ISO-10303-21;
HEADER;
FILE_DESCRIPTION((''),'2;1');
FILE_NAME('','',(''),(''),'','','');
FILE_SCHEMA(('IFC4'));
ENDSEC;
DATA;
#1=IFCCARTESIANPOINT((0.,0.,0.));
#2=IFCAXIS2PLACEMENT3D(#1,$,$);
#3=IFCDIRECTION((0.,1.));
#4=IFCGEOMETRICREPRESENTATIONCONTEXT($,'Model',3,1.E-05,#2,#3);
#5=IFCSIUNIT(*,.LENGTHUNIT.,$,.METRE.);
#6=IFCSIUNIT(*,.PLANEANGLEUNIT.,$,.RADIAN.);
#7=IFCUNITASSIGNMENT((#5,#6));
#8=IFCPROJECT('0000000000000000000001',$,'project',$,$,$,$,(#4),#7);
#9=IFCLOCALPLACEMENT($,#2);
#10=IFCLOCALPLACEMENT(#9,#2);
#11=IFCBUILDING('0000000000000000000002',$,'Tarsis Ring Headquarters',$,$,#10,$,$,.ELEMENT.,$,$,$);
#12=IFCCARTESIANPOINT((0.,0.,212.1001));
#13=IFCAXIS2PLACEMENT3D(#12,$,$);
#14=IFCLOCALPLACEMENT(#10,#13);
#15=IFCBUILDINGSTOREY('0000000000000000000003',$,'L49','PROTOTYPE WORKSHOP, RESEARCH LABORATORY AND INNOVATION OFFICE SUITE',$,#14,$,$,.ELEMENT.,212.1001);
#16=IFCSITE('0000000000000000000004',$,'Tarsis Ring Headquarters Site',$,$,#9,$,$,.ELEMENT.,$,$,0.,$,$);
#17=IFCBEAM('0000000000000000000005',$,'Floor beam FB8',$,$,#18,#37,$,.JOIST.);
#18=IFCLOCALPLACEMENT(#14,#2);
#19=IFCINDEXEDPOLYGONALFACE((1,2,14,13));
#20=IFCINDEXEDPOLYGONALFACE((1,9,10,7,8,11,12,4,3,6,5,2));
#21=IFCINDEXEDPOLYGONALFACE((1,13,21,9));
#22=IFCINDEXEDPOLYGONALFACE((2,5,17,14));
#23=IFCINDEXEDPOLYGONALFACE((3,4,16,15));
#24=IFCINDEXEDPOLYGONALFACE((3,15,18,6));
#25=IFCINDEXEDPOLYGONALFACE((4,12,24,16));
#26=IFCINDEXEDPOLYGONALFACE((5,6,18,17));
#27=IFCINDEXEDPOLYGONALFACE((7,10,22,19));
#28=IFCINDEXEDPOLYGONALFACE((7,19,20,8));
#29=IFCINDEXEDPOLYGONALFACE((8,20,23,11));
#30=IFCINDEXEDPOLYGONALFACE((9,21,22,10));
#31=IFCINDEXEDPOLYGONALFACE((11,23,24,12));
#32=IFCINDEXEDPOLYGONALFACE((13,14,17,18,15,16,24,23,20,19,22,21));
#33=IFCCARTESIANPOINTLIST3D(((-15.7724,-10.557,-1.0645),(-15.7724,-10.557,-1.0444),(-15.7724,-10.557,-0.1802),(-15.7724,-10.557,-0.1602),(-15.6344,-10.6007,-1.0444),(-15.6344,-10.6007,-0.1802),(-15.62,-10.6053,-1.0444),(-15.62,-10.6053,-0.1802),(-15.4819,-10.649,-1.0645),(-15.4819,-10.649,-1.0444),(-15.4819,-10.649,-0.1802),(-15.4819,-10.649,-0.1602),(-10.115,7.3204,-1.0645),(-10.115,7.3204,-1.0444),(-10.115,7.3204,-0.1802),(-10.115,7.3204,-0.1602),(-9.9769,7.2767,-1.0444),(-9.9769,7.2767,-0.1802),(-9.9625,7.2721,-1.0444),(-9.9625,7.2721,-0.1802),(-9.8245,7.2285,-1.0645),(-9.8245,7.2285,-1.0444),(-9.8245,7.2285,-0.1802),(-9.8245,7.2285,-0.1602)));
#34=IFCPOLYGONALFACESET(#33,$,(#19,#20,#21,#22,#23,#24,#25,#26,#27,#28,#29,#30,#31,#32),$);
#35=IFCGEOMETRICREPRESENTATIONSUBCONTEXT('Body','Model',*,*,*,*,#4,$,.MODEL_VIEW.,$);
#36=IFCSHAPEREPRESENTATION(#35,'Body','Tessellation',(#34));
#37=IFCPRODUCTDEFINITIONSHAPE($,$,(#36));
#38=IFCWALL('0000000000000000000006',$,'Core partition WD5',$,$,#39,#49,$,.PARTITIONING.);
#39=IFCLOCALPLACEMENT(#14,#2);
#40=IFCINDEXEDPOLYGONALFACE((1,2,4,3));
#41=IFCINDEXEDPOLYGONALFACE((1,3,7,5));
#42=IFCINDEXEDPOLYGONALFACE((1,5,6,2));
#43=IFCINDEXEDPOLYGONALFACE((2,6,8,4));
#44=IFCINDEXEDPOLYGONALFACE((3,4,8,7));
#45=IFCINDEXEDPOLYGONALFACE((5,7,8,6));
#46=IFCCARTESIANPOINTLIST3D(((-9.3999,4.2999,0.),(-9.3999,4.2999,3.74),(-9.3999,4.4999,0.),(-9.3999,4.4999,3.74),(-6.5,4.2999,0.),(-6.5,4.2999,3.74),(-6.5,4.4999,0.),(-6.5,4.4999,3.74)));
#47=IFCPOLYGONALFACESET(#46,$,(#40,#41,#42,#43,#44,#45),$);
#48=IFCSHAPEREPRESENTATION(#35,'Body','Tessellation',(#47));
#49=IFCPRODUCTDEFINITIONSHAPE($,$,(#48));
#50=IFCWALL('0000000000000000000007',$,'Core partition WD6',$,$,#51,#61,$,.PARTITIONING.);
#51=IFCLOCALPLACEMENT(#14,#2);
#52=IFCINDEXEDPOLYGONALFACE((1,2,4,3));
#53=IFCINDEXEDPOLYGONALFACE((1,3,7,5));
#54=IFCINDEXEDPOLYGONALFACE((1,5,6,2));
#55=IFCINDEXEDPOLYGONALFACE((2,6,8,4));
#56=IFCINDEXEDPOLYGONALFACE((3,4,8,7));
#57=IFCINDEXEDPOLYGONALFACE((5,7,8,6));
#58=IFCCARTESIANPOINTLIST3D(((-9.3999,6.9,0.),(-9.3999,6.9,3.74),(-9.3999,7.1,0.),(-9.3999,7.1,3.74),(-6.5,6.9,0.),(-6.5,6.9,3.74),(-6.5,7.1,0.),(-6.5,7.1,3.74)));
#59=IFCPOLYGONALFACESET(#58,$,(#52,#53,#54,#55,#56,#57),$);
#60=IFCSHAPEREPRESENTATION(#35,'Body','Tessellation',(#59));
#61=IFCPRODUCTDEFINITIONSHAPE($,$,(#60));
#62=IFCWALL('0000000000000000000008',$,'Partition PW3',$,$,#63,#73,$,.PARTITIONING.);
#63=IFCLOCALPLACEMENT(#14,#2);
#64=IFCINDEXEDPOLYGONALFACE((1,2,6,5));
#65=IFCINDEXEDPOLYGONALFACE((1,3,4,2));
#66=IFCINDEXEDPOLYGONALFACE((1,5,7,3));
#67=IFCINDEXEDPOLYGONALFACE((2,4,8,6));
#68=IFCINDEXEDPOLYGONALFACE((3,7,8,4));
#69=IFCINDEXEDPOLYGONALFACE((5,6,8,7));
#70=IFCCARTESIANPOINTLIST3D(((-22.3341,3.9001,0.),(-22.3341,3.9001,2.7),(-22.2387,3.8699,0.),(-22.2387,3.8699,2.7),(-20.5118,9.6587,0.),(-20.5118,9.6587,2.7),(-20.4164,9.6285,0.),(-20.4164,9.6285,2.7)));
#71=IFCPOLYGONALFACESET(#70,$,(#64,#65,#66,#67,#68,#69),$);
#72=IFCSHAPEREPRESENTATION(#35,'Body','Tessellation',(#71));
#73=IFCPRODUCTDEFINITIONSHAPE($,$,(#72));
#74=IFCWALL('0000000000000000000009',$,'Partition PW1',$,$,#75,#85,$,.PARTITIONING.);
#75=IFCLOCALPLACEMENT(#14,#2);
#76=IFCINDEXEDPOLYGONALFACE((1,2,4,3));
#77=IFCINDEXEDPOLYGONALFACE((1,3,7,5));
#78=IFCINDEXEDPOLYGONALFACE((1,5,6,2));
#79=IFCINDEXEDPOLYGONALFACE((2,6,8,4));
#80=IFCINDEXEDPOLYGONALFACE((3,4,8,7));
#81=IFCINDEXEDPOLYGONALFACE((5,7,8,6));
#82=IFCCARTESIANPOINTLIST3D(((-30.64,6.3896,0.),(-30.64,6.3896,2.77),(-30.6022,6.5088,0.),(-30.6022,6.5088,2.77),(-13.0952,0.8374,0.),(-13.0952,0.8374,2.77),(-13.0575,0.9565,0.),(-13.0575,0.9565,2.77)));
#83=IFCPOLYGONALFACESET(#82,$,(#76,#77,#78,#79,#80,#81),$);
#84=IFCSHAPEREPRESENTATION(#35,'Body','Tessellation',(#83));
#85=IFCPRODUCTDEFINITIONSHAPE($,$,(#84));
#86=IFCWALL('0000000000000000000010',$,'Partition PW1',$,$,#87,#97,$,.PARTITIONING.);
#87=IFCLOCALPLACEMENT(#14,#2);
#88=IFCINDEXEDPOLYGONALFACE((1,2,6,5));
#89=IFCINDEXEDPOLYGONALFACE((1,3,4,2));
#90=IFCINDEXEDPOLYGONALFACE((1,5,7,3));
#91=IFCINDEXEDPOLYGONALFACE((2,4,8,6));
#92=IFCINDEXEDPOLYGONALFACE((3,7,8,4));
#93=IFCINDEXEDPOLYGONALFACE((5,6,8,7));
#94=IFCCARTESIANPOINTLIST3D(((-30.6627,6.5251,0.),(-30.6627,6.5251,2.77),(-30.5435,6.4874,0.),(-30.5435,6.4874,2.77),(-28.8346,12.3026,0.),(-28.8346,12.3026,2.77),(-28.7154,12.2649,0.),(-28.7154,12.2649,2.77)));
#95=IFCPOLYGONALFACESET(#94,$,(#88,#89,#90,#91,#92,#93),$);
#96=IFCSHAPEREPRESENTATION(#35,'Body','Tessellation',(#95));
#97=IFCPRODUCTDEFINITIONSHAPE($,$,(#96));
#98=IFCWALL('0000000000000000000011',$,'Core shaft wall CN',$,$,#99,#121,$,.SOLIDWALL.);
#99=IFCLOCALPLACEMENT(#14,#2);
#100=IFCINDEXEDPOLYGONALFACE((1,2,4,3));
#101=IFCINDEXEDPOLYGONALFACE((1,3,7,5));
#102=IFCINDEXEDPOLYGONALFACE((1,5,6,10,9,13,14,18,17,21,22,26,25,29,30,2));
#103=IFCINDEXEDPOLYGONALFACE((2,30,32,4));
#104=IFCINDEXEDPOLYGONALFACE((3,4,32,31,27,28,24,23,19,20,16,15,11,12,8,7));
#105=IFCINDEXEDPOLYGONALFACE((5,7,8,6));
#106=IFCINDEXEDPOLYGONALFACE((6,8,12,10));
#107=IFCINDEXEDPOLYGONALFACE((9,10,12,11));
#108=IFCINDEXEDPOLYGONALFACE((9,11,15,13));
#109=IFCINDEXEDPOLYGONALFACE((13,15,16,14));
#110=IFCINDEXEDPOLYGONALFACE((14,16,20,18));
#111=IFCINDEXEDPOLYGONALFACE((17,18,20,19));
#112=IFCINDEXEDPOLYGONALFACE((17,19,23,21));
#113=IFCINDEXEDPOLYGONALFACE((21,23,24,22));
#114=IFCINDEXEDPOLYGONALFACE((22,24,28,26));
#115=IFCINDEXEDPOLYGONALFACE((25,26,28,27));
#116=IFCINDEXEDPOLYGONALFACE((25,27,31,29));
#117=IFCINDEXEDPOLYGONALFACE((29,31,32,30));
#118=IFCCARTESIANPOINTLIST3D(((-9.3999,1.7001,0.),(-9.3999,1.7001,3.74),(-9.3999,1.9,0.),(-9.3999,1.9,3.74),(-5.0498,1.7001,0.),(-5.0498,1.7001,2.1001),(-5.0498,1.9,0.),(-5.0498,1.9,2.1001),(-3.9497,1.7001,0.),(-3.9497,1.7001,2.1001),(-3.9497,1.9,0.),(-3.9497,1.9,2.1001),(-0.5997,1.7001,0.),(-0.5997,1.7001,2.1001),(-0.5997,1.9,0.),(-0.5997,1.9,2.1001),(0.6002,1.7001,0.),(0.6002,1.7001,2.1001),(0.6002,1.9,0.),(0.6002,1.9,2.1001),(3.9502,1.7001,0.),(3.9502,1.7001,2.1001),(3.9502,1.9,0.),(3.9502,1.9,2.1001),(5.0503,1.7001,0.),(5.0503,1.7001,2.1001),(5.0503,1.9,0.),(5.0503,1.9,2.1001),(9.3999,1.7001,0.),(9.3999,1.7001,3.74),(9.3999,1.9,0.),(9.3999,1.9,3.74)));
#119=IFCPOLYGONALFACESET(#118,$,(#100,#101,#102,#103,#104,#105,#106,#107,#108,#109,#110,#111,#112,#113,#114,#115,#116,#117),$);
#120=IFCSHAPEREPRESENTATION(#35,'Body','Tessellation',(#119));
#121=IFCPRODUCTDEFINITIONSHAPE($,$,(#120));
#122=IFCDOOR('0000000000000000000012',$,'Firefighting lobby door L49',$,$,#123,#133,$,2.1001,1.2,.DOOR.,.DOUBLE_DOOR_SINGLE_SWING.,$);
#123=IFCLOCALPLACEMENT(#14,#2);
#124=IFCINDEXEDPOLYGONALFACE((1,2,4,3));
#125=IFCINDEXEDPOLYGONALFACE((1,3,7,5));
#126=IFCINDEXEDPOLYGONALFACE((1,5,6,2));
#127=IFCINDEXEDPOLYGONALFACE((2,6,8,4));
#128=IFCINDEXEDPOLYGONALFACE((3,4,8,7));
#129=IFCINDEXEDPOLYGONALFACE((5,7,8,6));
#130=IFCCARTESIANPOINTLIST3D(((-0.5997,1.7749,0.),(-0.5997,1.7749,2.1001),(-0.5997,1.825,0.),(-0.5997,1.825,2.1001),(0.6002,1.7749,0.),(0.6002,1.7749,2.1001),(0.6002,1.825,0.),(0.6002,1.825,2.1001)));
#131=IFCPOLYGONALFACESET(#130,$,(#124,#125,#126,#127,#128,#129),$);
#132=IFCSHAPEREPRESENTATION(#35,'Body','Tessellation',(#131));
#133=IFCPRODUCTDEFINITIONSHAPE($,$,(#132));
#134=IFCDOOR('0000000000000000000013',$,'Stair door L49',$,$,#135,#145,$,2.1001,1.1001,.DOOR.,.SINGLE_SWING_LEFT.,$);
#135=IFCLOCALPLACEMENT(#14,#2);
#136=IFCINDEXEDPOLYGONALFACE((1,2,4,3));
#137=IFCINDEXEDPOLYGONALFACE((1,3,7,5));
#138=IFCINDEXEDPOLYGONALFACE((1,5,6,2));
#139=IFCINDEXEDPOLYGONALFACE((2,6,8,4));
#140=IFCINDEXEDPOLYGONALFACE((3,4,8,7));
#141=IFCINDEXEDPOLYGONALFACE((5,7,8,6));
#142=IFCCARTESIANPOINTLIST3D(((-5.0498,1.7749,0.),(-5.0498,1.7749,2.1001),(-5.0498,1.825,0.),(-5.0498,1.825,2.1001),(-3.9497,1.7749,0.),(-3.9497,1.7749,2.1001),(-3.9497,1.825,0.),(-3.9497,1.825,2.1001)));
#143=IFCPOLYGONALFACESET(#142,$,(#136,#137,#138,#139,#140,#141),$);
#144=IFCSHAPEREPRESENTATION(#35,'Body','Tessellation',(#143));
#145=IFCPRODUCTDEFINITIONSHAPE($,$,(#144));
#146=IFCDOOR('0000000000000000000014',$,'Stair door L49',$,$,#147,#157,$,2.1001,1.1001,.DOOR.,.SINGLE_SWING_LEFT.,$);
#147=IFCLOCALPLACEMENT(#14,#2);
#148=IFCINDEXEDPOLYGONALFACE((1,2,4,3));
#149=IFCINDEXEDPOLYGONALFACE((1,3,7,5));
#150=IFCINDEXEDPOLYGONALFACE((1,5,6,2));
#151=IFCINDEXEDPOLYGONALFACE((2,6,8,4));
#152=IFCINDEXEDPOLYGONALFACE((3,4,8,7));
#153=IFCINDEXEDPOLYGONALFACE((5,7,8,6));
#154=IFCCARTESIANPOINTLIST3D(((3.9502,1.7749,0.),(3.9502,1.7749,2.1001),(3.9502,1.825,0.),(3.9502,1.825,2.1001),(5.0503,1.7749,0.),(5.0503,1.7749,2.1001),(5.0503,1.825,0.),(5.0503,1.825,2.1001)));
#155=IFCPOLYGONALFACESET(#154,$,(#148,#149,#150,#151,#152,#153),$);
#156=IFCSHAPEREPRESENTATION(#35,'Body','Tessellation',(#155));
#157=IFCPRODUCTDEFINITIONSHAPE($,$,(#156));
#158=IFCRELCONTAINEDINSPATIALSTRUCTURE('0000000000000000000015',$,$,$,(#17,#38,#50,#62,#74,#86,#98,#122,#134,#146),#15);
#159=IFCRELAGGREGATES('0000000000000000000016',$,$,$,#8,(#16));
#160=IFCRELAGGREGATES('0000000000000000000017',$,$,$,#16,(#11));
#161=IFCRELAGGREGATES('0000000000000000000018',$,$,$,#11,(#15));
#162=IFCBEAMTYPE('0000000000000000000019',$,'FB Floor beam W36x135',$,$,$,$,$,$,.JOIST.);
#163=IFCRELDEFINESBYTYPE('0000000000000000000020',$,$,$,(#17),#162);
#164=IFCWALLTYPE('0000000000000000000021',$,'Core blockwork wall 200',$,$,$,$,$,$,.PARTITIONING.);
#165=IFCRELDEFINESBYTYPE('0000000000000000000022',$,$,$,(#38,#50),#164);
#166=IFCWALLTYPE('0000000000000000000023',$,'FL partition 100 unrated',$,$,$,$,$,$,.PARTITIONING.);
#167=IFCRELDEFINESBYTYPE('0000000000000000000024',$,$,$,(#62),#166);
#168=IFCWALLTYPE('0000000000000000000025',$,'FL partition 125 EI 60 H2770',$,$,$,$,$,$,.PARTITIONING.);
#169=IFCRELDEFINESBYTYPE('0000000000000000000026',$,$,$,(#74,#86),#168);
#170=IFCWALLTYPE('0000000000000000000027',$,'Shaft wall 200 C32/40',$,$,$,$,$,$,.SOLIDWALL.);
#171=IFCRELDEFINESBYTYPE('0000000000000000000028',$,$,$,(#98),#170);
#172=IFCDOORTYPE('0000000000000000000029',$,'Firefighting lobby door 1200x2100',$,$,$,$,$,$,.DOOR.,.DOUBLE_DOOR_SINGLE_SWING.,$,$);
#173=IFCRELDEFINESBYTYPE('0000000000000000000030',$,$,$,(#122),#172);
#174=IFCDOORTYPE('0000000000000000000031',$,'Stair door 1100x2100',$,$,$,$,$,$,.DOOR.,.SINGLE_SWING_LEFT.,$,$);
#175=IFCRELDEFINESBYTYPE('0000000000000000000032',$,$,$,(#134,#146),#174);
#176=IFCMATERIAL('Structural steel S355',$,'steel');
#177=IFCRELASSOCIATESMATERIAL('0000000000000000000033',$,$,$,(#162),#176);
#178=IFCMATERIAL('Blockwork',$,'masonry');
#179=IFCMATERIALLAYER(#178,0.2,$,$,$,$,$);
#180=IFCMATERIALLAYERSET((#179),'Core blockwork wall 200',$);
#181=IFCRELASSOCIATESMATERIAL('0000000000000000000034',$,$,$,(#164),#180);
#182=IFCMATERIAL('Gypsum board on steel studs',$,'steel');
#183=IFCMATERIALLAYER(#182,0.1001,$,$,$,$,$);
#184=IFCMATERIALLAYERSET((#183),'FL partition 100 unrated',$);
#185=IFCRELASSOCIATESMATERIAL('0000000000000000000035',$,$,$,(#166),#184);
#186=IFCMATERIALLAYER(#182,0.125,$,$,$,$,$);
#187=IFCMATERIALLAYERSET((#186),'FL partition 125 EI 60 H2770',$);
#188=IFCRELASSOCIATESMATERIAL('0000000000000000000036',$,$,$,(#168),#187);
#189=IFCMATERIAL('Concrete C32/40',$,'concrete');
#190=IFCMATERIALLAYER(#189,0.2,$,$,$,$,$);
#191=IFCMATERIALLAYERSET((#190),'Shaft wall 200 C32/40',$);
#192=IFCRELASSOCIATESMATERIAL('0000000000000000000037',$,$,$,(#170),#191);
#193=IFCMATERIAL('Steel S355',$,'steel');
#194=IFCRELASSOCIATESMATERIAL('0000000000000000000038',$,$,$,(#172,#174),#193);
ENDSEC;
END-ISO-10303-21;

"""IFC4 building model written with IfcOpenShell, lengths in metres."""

from ifc_helpers import new_model, si_unit, direction, frame, frame_2d, origin, origin_2d, place, context, subcontext, project, spatial, rectangle, i_section, extrude, material, layer, layer_set, material_profile, profile_set, type_object, element, fill, save


model = new_model("IFC4")

# Units and contexts
model_context = context("Model", 3, precision=1e-05, world=origin(), true_north=direction((0.0, 1.0)))
body_context = subcontext(model_context, "Body", "Model", "MODEL_VIEW")
ifc_project = project(units=[si_unit("LENGTHUNIT", "METRE"), si_unit("PLANEANGLEUNIT", "RADIAN")], contexts=[model_context])

# Site, building, storey
site_placement = place(None, origin())
site = spatial("IfcSite", under=ifc_project, at=site_placement, Name="Tarsis Ring Headquarters Site", CompositionType="ELEMENT", RefElevation=0.0)
building_placement = place(site_placement, origin())
building = spatial("IfcBuilding", under=site, at=building_placement, Name="Tarsis Ring Headquarters", CompositionType="ELEMENT")
storey_placement = place(building_placement, frame((0.0, 0.0, 212.1001)))
storey = spatial("IfcBuildingStorey", under=building, at=storey_placement, Name="L49", Description="PROTOTYPE WORKSHOP, RESEARCH LABORATORY AND INNOVATION OFFICE SUITE", CompositionType="ELEMENT", Elevation=212.1001)

# Beam
ifc_material_1 = material(Name="Structural steel S355", Category="steel")
ifc_material_profile = material_profile(ifc_material_1, i_section(OverallWidth=0.3047, OverallDepth=0.9043, WebThickness=0.0151, FlangeThickness=0.02, at=origin_2d()), Name="W36x135")
ifc_profile_set = profile_set([ifc_material_profile], Name="Structural steel S355")
beam_type = type_object("IfcBeamType", Name="FB Floor beam W36x135", PredefinedType="JOIST", material=ifc_profile_set)
beam_placement = place(storey_placement, frame((-9.9697, 7.2744, -0.6123), z_axis=(-0.301711, -0.953399, 0.0), x_axis=(0.953399, -0.301711, 0.0)))
element("IfcBeam", 1, at=beam_placement, inside=storey, type_object=beam_type, Name="Floor beam FB8", PredefinedType="JOIST", context=body_context, shape_type="SweptSolid", body=[
    extrude(i_section(OverallWidth=0.3047, OverallDepth=0.9043, WebThickness=0.0151, FlangeThickness=0.02, at=origin_2d()), origin(), (0.0, 0.0, 1.0), 18.7512),
])

# Walls
ifc_material_2 = material(Name="Blockwork", Category="masonry")
ifc_layer_1 = layer(ifc_material_2, 0.2)
ifc_layer_set_1 = layer_set([ifc_layer_1], Name="Core blockwork wall 200")
wall_type_1 = type_object("IfcWallType", Name="Core blockwork wall 200", PredefinedType="PARTITIONING", material=ifc_layer_set_1)
for number, where, z_axis, x_axis, name in (
    (2, (-9.3999, 4.3999, 0.0), (0.0, 0.0, 1.0), (1.0, 0.0, 0.0), "Core partition WD5"),
    (3, (-9.3999, 7.0, 0.0), (0.0, 0.0, 1.0), (1.0, 0.0, 0.0), "Core partition WD6"),
):
    element("IfcWall", number, at=place(storey_placement, frame(where, z_axis=z_axis, x_axis=x_axis)), inside=storey, type_object=wall_type_1, Name=name, PredefinedType="PARTITIONING", context=body_context, shape_type="SweptSolid", body=[
        extrude(rectangle(XDim=2.8999, YDim=0.2, at=frame_2d((1.45, 0.0))), origin(), (0.0, 0.0, 1.0), 3.74),
    ])
ifc_material_3 = material(Name="Gypsum board on steel studs", Category="steel")
ifc_layer_2 = layer(ifc_material_3, 0.1001)
ifc_layer_set_2 = layer_set([ifc_layer_2], Name="FL partition 100 unrated")
wall_type_2 = type_object("IfcWallType", Name="FL partition 100 unrated", PredefinedType="PARTITIONING", material=ifc_layer_set_2)
wall_1_placement = place(storey_placement, frame((-22.2864, 3.885, 0.0), z_axis=(0.0, 0.0, 1.0), x_axis=(0.3017, 0.953403, 0.0)))
element("IfcWall", 4, at=wall_1_placement, inside=storey, type_object=wall_type_2, Name="Partition PW3", PredefinedType="PARTITIONING", context=body_context, shape_type="SweptSolid", body=[
    extrude(rectangle(XDim=6.04, YDim=0.1001, at=frame_2d((3.02, 0.0))), origin(), (0.0, 0.0, 1.0), 2.7),
])
ifc_layer_3 = layer(ifc_material_3, 0.125)
ifc_layer_set_3 = layer_set([ifc_layer_3], Name="FL partition 125 EI 60 H2770")
wall_type_3 = type_object("IfcWallType", Name="FL partition 125 EI 60 H2770", PredefinedType="PARTITIONING", material=ifc_layer_set_3)
wall_2_placement = place(storey_placement, frame((-30.6211, 6.4492, 0.0), z_axis=(0.0, 0.0, 1.0), x_axis=(0.953398, -0.301715, 0.0)))
element("IfcWall", 5, at=wall_2_placement, inside=storey, type_object=wall_type_3, Name="Partition PW1", PredefinedType="PARTITIONING", context=body_context, shape_type="SweptSolid", body=[
    extrude(rectangle(XDim=18.4023, YDim=0.125, at=frame_2d((9.2012, 0.0))), origin(), (0.0, 0.0, 1.0), 2.77),
])
wall_3_placement = place(storey_placement, frame((-30.603, 6.5063, 0.0), z_axis=(0.0, 0.0, 1.0), x_axis=(0.301675, 0.953411, 0.0)))
element("IfcWall", 6, at=wall_3_placement, inside=storey, type_object=wall_type_3, Name="Partition PW1", PredefinedType="PARTITIONING", context=body_context, shape_type="SweptSolid", body=[
    extrude(rectangle(XDim=6.0598, YDim=0.125, at=frame_2d((3.0298, 0.0))), origin(), (0.0, 0.0, 1.0), 2.77),
])

# Wall, openings, doors
ifc_material_4 = material(Name="Concrete C32/40", Category="concrete")
ifc_layer_4 = layer(ifc_material_4, 0.2)
ifc_layer_set_4 = layer_set([ifc_layer_4], Name="Shaft wall 200 C32/40")
wall_type_4 = type_object("IfcWallType", Name="Shaft wall 200 C32/40", PredefinedType="SOLIDWALL", material=ifc_layer_set_4)
wall_4_placement = place(storey_placement, frame((-9.3999, 1.8, 0.0), z_axis=(0.0, 0.0, 1.0), x_axis=(1.0, 0.0, 0.0)))
wall_4 = element("IfcWall", 7, at=wall_4_placement, inside=storey, type_object=wall_type_4, Name="Core shaft wall CN", PredefinedType="SOLIDWALL", context=body_context, shape_type="SweptSolid", body=[
    extrude(rectangle(XDim=18.7998, YDim=0.2, at=frame_2d((9.3999, 0.0))), origin(), (0.0, 0.0, 1.0), 3.74),
])
opening_1_placement = place(wall_4_placement, frame((4.3501, 0.0, 0.0)))
opening_1 = element("IfcOpeningElement", 8, at=opening_1_placement, cuts=wall_4, PredefinedType="OPENING", context=body_context, shape_type="SweptSolid", body=[
    extrude(rectangle(XDim=1.1001, YDim=2.1001, at=frame_2d((0.55, 1.05))), frame((0.0, 0.1099, 0.0), z_axis=(0.0, -1.0, 0.0), x_axis=(1.0, 0.0, 0.0)), (0.0, 0.0, 1.0), 0.22),
])
opening_2_placement = place(wall_4_placement, frame((8.8, 0.0, 0.0)))
opening_2 = element("IfcOpeningElement", 9, at=opening_2_placement, cuts=wall_4, PredefinedType="OPENING", context=body_context, shape_type="SweptSolid", body=[
    extrude(rectangle(XDim=1.2, YDim=2.1001, at=frame_2d((0.6001, 1.05))), frame((0.0, 0.1099, 0.0), z_axis=(0.0, -1.0, 0.0), x_axis=(1.0, 0.0, 0.0)), (0.0, 0.0, 1.0), 0.22),
])
opening_3_placement = place(wall_4_placement, frame((13.3501, 0.0, 0.0)))
opening_3 = element("IfcOpeningElement", 10, at=opening_3_placement, cuts=wall_4, PredefinedType="OPENING", context=body_context, shape_type="SweptSolid", body=[
    extrude(rectangle(XDim=1.1001, YDim=2.1001, at=frame_2d((0.55, 1.05))), frame((0.0, 0.1099, 0.0), z_axis=(0.0, -1.0, 0.0), x_axis=(1.0, 0.0, 0.0)), (0.0, 0.0, 1.0), 0.22),
])
ifc_material_5 = material(Name="Steel S355", Category="steel")
door_type_1 = type_object("IfcDoorType", Name="Firefighting lobby door 1200x2100", OperationType="DOUBLE_DOOR_SINGLE_SWING", PredefinedType="DOOR", material=ifc_material_5)
door_1_placement = place(opening_2_placement, origin())
door_1 = element("IfcDoor", 11, at=door_1_placement, inside=storey, type_object=door_type_1, Name="Firefighting lobby door L49", OperationType="DOUBLE_DOOR_SINGLE_SWING", OverallHeight=2.1001, OverallWidth=1.2, PredefinedType="DOOR", context=body_context, shape_type="SweptSolid", body=[
    extrude(rectangle(XDim=1.2, YDim=2.1001, at=frame_2d((0.6001, 1.05))), frame((0.0, 0.0249, 0.0), z_axis=(0.0, -1.0, 0.0), x_axis=(1.0, 0.0, 0.0)), (0.0, 0.0, 1.0), 0.05),
])
fill(opening_2, door_1)
door_type_2 = type_object("IfcDoorType", Name="Stair door 1100x2100", OperationType="SINGLE_SWING_LEFT", PredefinedType="DOOR", material=ifc_material_5)
door_2_placement = place(opening_1_placement, origin())
door_2 = element("IfcDoor", 12, at=door_2_placement, inside=storey, type_object=door_type_2, Name="Stair door L49", OperationType="SINGLE_SWING_LEFT", OverallHeight=2.1001, OverallWidth=1.1001, PredefinedType="DOOR", context=body_context, shape_type="SweptSolid", body=[
    extrude(rectangle(XDim=1.1001, YDim=2.1001, at=frame_2d((0.55, 1.05))), frame((0.0, 0.0249, 0.0), z_axis=(0.0, -1.0, 0.0), x_axis=(1.0, 0.0, 0.0)), (0.0, 0.0, 1.0), 0.05),
])
fill(opening_1, door_2)
door_3_placement = place(opening_3_placement, origin())
door_3 = element("IfcDoor", 13, at=door_3_placement, inside=storey, type_object=door_type_2, Name="Stair door L49", OperationType="SINGLE_SWING_LEFT", OverallHeight=2.1001, OverallWidth=1.1001, PredefinedType="DOOR", context=body_context, shape_type="SweptSolid", body=[
    extrude(rectangle(XDim=1.1001, YDim=2.1001, at=frame_2d((0.55, 1.05))), frame((0.0, 0.0249, 0.0), z_axis=(0.0, -1.0, 0.0), x_axis=(1.0, 0.0, 0.0)), (0.0, 0.0, 1.0), 0.05),
])
fill(opening_3, door_3)

save(model, "model.ifc")
